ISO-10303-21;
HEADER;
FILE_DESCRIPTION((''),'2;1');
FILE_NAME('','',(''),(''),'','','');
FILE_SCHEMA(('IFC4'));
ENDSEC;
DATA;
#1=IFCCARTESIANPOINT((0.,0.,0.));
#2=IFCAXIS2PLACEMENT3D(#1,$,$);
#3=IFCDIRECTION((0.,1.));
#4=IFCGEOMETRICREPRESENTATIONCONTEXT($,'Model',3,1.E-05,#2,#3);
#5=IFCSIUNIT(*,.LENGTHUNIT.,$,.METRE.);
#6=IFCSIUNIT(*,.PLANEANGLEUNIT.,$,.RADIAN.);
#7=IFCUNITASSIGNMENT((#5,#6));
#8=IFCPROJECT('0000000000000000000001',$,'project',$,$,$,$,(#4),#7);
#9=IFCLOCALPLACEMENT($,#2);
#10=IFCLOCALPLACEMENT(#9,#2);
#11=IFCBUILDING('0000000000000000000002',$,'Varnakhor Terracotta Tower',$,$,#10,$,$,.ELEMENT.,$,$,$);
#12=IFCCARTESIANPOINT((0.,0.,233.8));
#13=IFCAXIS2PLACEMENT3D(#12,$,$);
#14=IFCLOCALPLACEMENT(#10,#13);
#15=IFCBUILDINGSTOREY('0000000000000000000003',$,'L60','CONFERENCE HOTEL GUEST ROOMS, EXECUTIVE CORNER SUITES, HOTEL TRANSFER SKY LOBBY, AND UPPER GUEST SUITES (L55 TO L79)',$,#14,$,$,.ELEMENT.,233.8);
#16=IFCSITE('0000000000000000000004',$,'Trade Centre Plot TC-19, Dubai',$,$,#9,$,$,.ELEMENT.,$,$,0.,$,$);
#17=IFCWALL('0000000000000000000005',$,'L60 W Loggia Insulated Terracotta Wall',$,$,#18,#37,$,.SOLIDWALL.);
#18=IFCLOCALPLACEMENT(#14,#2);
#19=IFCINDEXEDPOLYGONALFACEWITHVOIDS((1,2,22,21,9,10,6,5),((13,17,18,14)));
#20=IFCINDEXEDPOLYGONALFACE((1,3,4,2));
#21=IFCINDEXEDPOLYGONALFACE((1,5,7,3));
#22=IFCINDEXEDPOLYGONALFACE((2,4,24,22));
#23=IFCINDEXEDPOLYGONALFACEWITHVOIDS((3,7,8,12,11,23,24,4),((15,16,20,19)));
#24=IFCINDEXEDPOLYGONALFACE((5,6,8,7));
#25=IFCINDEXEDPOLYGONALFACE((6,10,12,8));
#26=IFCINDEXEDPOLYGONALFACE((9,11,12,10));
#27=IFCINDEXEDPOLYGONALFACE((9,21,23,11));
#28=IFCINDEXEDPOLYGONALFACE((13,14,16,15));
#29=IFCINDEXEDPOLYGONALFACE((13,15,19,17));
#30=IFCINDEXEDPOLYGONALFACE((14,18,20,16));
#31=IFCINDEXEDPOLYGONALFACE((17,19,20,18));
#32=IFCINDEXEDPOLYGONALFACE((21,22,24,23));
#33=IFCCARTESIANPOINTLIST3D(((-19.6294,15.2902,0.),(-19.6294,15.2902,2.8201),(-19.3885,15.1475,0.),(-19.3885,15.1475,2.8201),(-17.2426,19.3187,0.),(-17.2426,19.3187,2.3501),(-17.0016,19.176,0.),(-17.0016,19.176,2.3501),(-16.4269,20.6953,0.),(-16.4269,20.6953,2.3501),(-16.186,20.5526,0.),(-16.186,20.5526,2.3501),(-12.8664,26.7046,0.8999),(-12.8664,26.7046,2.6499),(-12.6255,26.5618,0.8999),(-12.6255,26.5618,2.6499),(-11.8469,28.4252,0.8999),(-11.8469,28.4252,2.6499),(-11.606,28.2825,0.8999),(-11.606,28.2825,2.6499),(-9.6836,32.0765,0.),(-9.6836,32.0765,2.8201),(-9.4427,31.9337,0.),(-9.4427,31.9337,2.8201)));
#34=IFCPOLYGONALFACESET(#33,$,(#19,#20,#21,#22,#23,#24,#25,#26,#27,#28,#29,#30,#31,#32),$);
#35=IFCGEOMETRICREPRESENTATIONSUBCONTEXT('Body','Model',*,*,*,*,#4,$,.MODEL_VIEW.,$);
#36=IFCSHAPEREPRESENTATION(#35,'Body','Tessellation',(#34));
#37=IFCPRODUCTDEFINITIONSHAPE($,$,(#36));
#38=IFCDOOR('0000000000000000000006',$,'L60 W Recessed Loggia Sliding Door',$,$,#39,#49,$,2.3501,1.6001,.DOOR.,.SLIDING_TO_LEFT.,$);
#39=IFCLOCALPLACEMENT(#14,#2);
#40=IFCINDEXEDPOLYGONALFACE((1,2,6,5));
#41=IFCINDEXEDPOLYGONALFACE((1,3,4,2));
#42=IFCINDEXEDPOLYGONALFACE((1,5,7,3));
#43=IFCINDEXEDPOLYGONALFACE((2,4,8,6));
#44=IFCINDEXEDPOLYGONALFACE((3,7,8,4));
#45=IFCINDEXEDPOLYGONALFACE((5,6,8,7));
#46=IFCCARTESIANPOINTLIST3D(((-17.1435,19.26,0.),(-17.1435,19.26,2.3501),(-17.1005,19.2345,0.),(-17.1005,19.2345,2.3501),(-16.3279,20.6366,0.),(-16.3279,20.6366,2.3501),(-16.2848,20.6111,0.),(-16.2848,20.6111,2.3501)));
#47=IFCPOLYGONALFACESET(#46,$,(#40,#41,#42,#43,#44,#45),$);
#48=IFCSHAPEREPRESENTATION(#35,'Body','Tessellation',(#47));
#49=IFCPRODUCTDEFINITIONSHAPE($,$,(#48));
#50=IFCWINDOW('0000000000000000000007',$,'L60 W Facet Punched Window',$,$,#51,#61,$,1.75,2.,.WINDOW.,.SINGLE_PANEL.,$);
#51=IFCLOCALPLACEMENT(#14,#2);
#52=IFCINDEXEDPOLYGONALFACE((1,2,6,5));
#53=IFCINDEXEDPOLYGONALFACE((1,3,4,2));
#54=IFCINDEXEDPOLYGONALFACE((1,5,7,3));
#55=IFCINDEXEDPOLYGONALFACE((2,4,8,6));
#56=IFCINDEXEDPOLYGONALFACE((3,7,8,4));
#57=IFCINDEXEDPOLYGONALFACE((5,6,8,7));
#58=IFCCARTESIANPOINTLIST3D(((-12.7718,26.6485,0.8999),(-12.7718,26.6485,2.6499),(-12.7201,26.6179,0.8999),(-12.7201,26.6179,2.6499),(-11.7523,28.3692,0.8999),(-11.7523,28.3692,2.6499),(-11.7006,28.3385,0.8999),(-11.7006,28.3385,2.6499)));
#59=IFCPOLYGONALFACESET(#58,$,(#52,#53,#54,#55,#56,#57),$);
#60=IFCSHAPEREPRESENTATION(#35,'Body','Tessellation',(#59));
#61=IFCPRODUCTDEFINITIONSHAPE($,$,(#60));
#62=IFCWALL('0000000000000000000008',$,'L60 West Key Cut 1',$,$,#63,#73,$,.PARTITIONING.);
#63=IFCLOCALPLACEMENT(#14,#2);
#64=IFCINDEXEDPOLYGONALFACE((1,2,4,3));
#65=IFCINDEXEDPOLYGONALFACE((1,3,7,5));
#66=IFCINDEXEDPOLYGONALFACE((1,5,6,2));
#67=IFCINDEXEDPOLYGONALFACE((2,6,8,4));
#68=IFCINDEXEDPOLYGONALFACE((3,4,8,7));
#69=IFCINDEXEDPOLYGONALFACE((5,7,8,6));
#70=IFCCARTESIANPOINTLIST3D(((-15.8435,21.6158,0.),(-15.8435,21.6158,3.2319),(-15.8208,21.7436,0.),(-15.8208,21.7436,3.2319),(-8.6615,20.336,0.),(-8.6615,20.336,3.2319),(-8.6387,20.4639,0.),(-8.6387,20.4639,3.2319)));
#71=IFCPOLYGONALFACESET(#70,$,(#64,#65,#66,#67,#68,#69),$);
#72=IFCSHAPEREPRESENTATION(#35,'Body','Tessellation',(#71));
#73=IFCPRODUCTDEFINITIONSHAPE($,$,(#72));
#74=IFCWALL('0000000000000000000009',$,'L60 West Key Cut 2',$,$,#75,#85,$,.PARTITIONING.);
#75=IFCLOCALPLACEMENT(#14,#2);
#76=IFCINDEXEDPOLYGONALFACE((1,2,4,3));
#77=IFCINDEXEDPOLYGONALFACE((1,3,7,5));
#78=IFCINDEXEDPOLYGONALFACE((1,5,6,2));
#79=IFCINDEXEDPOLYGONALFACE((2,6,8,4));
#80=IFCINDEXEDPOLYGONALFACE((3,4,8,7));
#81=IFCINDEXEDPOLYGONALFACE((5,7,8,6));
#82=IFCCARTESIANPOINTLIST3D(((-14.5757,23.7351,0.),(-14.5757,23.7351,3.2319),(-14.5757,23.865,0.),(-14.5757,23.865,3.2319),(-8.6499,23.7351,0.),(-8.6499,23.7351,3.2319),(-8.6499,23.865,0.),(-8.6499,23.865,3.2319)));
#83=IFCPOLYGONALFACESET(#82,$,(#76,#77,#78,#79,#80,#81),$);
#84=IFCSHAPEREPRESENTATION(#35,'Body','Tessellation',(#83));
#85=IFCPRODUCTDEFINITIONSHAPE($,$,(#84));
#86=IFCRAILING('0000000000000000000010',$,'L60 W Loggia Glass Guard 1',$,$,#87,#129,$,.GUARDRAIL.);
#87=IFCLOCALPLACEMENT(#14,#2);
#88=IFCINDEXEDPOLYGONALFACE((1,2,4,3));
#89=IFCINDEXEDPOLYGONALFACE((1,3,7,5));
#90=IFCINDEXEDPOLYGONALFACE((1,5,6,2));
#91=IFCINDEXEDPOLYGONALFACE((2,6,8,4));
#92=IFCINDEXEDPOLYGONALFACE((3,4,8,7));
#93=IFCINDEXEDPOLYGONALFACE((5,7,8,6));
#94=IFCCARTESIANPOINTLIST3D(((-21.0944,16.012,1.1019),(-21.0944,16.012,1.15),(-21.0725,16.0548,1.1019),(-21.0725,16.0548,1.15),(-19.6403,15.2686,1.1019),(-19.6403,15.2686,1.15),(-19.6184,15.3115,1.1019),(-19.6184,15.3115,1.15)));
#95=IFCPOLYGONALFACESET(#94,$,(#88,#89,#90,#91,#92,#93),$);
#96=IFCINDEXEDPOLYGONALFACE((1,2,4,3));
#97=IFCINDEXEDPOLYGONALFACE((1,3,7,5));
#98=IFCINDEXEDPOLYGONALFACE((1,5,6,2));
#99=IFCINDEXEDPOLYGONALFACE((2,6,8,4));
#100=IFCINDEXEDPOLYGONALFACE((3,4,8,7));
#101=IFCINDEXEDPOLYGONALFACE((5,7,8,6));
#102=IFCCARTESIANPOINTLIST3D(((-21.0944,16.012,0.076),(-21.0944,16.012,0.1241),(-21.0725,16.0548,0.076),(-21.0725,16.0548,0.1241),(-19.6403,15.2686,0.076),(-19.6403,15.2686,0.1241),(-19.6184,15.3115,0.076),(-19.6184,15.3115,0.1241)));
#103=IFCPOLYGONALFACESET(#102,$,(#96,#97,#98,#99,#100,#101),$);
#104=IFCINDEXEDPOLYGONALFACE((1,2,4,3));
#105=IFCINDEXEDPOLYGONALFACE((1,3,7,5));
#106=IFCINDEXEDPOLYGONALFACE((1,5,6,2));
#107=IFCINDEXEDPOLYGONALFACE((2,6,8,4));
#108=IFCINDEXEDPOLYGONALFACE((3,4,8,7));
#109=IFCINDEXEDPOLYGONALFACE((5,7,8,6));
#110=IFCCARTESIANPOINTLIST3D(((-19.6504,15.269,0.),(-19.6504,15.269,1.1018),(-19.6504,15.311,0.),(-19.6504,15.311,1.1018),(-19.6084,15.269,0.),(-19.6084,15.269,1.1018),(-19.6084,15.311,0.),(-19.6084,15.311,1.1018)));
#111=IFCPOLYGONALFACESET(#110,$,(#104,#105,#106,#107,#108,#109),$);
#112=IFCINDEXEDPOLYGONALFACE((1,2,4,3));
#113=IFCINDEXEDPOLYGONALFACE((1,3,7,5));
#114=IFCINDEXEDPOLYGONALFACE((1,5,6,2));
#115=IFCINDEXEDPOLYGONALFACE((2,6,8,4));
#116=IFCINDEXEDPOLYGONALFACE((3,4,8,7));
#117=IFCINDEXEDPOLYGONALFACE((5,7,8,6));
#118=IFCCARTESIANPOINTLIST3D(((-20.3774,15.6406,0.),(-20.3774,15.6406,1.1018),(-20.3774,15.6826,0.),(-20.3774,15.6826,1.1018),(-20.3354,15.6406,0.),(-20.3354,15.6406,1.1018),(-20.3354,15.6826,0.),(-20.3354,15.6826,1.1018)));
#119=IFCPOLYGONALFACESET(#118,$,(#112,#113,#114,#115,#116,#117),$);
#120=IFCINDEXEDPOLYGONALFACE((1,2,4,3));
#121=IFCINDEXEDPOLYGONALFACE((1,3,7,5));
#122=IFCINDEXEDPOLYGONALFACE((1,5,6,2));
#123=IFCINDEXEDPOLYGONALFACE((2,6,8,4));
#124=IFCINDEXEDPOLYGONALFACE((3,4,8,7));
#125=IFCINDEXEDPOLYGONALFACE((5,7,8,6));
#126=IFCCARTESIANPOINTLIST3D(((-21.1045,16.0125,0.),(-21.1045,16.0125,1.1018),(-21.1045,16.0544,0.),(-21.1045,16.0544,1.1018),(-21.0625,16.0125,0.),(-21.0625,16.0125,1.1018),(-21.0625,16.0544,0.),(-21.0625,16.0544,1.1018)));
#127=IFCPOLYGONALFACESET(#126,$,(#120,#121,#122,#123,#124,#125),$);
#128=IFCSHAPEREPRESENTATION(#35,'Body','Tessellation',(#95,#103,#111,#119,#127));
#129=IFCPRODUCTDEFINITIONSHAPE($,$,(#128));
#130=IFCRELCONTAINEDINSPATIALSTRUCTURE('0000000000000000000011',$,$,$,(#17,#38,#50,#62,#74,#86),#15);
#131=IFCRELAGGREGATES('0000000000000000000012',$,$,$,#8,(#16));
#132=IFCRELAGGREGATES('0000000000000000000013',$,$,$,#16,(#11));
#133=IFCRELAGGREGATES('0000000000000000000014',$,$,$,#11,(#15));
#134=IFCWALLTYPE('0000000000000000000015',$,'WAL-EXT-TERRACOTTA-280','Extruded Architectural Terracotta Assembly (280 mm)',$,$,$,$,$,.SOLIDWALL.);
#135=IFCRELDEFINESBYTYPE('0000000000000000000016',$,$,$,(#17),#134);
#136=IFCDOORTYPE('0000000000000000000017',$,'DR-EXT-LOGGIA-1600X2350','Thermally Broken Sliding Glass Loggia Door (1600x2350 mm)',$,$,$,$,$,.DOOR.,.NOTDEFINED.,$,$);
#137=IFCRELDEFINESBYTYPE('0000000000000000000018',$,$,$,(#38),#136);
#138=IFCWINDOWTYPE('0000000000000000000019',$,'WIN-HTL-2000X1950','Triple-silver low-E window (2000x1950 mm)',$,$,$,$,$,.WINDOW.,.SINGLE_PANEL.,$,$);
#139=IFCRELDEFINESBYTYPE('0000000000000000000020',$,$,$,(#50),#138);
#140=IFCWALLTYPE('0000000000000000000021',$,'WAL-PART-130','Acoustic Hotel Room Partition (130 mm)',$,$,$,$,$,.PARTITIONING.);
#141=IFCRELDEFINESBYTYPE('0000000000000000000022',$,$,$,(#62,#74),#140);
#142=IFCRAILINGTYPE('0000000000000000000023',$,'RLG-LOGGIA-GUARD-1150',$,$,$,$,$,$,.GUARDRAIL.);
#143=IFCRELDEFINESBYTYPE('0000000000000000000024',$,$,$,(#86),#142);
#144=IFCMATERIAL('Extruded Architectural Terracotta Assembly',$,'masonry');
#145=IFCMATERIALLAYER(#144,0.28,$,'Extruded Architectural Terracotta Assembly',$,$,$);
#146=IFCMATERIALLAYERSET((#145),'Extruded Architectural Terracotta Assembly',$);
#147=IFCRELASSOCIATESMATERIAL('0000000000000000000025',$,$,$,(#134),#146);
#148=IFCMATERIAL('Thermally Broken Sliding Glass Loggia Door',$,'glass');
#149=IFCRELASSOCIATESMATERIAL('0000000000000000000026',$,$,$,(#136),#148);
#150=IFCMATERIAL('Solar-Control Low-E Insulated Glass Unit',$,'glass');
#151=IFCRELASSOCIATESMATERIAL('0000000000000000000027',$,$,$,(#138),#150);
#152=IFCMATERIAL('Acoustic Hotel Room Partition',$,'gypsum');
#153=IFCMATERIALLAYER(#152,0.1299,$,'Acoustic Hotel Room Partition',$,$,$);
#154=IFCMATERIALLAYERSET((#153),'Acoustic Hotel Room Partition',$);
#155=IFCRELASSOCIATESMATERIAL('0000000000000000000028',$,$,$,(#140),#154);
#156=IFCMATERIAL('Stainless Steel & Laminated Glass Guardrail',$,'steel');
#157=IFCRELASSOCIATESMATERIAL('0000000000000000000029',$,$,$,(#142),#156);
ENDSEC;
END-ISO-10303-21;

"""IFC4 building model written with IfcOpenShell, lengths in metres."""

from ifc_helpers import new_model, si_unit, direction, frame, frame_2d, origin, origin_2d, place, context, subcontext, project, spatial, rectangle, extrude, source, transform, mapped, material, layer, layer_set, type_object, type_shapes, element, fill, save


model = new_model("IFC4")

# Units and contexts
model_context = context("Model", 3, precision=1e-05, world=origin(), true_north=direction((0.0, 1.0)))
body_context = subcontext(model_context, "Body", "Model", "MODEL_VIEW")
ifc_project = project(units=[si_unit("LENGTHUNIT", "METRE"), si_unit("PLANEANGLEUNIT", "RADIAN")], contexts=[model_context])

# Site, building, storey
site_placement = place(None, origin())
site = spatial("IfcSite", under=ifc_project, at=site_placement, Name="Trade Centre Plot TC-19, Dubai", CompositionType="ELEMENT", RefElevation=0.0)
building_placement = place(site_placement, origin())
building = spatial("IfcBuilding", under=site, at=building_placement, Name="Varnakhor Terracotta Tower", CompositionType="ELEMENT")
storey_placement = place(building_placement, frame((0.0, 0.0, 233.8)))
storey = spatial("IfcBuildingStorey", under=building, at=storey_placement, Name="L60", Description="CONFERENCE HOTEL GUEST ROOMS, EXECUTIVE CORNER SUITES, HOTEL TRANSFER SKY LOBBY, AND UPPER GUEST SUITES (L55 TO L79)", CompositionType="ELEMENT", Elevation=233.8)

# Wall, openings, door, window
ifc_material_1 = material(Name="Extruded Architectural Terracotta Assembly", Category="masonry")
ifc_layer_1 = layer(ifc_material_1, 0.28, Name="Extruded Architectural Terracotta Assembly")
ifc_layer_set_1 = layer_set([ifc_layer_1], Name="Extruded Architectural Terracotta Assembly")
wall_type_1 = type_object("IfcWallType", Name="WAL-EXT-TERRACOTTA-280", Description="Extruded Architectural Terracotta Assembly (280 mm)", PredefinedType="SOLIDWALL", material=ifc_layer_set_1)
wall_1_placement = place(storey_placement, frame((-19.509, 15.2188, 0.0), z_axis=(0.0, 0.0, 1.0), x_axis=(0.509744, 0.860326, 0.0)))
wall_1 = element("IfcWall", 1, at=wall_1_placement, inside=storey, type_object=wall_type_1, Name="L60 W Loggia Insulated Terracotta Wall", PredefinedType="SOLIDWALL", context=body_context, shape_type="SweptSolid", body=[
    extrude(rectangle(XDim=19.5115, YDim=0.28, at=frame_2d((9.7559, 0.0))), origin(), (0.0, 0.0, 1.0), 2.8201),
])
opening_1_placement = place(wall_1_placement, frame((4.6826, 0.0, 0.0)))
opening_1 = element("IfcOpeningElement", 2, at=opening_1_placement, cuts=wall_1, PredefinedType="OPENING", context=body_context, shape_type="SweptSolid", body=[
    extrude(rectangle(XDim=1.6001, YDim=2.3501, at=frame_2d((0.8, 1.175))), frame((0.0, 0.1499, 0.0), z_axis=(0.0, -1.0, 0.0), x_axis=(1.0, 0.0, 0.0)), (0.0, 0.0, 1.0), 0.3),
])
opening_2_placement = place(wall_1_placement, frame((13.2676, 0.0, 0.8999)))
opening_2 = element("IfcOpeningElement", 3, at=opening_2_placement, cuts=wall_1, PredefinedType="OPENING", context=body_context, shape_type="SweptSolid", body=[
    extrude(rectangle(XDim=2.0, YDim=1.75, at=frame_2d((1.0, 0.875))), frame((0.0, 0.1499, 0.0), z_axis=(0.0, -1.0, 0.0), x_axis=(1.0, 0.0, 0.0)), (0.0, 0.0, 1.0), 0.3),
])
ifc_material_2 = material(Name="Thermally Broken Sliding Glass Loggia Door", Category="glass")
door_type_1 = type_object("IfcDoorType", Name="DR-EXT-LOGGIA-1600X2350", Description="Thermally Broken Sliding Glass Loggia Door (1600x2350 mm)", OperationType="NOTDEFINED", PredefinedType="DOOR", material=ifc_material_2)
shared_shape_1 = source(origin(), body_context, "Body", "SweptSolid", [
    extrude(rectangle(XDim=1.6001, YDim=2.3501, at=frame_2d((0.8, 1.175))), frame((0.0, 0.0249, 0.0), z_axis=(0.0, -1.0, 0.0), x_axis=(1.0, 0.0, 0.0)), (0.0, 0.0, 1.0), 0.05),
])
type_shapes(door_type_1, [shared_shape_1])
door_1_placement = place(opening_1_placement, origin())
door_1 = element("IfcDoor", 4, at=door_1_placement, inside=storey, type_object=door_type_1, Name="L60 W Recessed Loggia Sliding Door", OperationType="SLIDING_TO_LEFT", OverallHeight=2.3501, OverallWidth=1.6001, PredefinedType="DOOR", context=body_context, shape_type="MappedRepresentation", body=[
    mapped(shared_shape_1, transform((0.0, 0.0, 0.0), scale=1.0)),
])
fill(opening_1, door_1)
ifc_material_3 = material(Name="Solar-Control Low-E Insulated Glass Unit", Category="glass")
window_type = type_object("IfcWindowType", Name="WIN-HTL-2000X1950", Description="Triple-silver low-E window (2000x1950 mm)", PartitioningType="SINGLE_PANEL", PredefinedType="WINDOW", material=ifc_material_3)
shared_shape_2 = source(origin(), body_context, "Body", "SweptSolid", [
    extrude(rectangle(XDim=2.0, YDim=1.75, at=frame_2d((1.0, 0.875))), frame((0.0, 0.03, 0.0), z_axis=(0.0, -1.0, 0.0), x_axis=(1.0, 0.0, 0.0)), (0.0, 0.0, 1.0), 0.0601),
])
type_shapes(window_type, [shared_shape_2])
window_placement = place(opening_2_placement, origin())
window = element("IfcWindow", 5, at=window_placement, inside=storey, type_object=window_type, Name="L60 W Facet Punched Window", OverallHeight=1.75, OverallWidth=2.0, PartitioningType="SINGLE_PANEL", PredefinedType="WINDOW", context=body_context, shape_type="MappedRepresentation", body=[
    mapped(shared_shape_2, transform((0.0, 0.0, 0.0), scale=1.0)),
])
fill(opening_2, window)

# Walls
ifc_material_4 = material(Name="Acoustic Hotel Room Partition", Category="gypsum")
ifc_layer_2 = layer(ifc_material_4, 0.1299, Name="Acoustic Hotel Room Partition")
ifc_layer_set_2 = layer_set([ifc_layer_2], Name="Acoustic Hotel Room Partition")
wall_type_2 = type_object("IfcWallType", Name="WAL-PART-130", Description="Acoustic Hotel Room Partition (130 mm)", PredefinedType="PARTITIONING", material=ifc_layer_set_2)
wall_2_placement = place(storey_placement, frame((-15.832, 21.6797, 0.0), z_axis=(0.0, 0.0, 1.0), x_axis=(0.984492, -0.175427, 0.0)))
element("IfcWall", 6, at=wall_2_placement, inside=storey, type_object=wall_type_2, Name="L60 West Key Cut 1", PredefinedType="PARTITIONING", context=body_context, shape_type="SweptSolid", body=[
    extrude(rectangle(XDim=7.2952, YDim=0.1299, at=frame_2d((3.6475, 0.0))), origin(), (0.0, 0.0, 1.0), 3.2319),
])
wall_3_placement = place(storey_placement, frame((-14.5757, 23.8, 0.0), z_axis=(0.0, 0.0, 1.0), x_axis=(1.0, 0.0, 0.0)))
element("IfcWall", 7, at=wall_3_placement, inside=storey, type_object=wall_type_2, Name="L60 West Key Cut 2", PredefinedType="PARTITIONING", context=body_context, shape_type="SweptSolid", body=[
    extrude(rectangle(XDim=5.9258, YDim=0.1299, at=frame_2d((2.9629, 0.0))), origin(), (0.0, 0.0, 1.0), 3.2319),
])

# Railing
ifc_material_5 = material(Name="Stainless Steel & Laminated Glass Guardrail", Category="steel")
railing_type = type_object("IfcRailingType", Name="RLG-LOGGIA-GUARD-1150", PredefinedType="GUARDRAIL", material=ifc_material_5)
railing_1_placement = place(storey_placement, frame((-19.6294, 15.29, 0.0)))
element("IfcRailing", 8, at=railing_1_placement, inside=storey, type_object=railing_type, Name="L60 W Loggia Glass Guard 1", PredefinedType="GUARDRAIL", context=body_context, shape_type="SweptSolid", body=[
    extrude(rectangle(XDim=0.0481, YDim=0.0481, at=origin_2d()), frame((0.0, 0.0, 1.126), z_axis=(-0.890385, 0.455209, 0.0), x_axis=(-0.455209, -0.890385, 0.0)), (0.0, 0.0, 1.0), 1.6331),
    extrude(rectangle(XDim=0.0481, YDim=0.0481, at=origin_2d()), frame((0.0, 0.0, 0.1001), z_axis=(-0.890385, 0.455209, 0.0), x_axis=(-0.455209, -0.890385, 0.0)), (0.0, 0.0, 1.0), 1.6331),
    extrude(rectangle(XDim=0.042, YDim=0.042, at=origin_2d()), origin(), (0.0, 0.0, 1.0), 1.1018),
    extrude(rectangle(XDim=0.042, YDim=0.042, at=origin_2d()), frame((-0.7271, 0.3716, 0.0)), (0.0, 0.0, 1.0), 1.1018),
    extrude(rectangle(XDim=0.042, YDim=0.042, at=origin_2d()), frame((-1.4541, 0.7434, 0.0)), (0.0, 0.0, 1.0), 1.1018),
])

save(model, "model.ifc")
